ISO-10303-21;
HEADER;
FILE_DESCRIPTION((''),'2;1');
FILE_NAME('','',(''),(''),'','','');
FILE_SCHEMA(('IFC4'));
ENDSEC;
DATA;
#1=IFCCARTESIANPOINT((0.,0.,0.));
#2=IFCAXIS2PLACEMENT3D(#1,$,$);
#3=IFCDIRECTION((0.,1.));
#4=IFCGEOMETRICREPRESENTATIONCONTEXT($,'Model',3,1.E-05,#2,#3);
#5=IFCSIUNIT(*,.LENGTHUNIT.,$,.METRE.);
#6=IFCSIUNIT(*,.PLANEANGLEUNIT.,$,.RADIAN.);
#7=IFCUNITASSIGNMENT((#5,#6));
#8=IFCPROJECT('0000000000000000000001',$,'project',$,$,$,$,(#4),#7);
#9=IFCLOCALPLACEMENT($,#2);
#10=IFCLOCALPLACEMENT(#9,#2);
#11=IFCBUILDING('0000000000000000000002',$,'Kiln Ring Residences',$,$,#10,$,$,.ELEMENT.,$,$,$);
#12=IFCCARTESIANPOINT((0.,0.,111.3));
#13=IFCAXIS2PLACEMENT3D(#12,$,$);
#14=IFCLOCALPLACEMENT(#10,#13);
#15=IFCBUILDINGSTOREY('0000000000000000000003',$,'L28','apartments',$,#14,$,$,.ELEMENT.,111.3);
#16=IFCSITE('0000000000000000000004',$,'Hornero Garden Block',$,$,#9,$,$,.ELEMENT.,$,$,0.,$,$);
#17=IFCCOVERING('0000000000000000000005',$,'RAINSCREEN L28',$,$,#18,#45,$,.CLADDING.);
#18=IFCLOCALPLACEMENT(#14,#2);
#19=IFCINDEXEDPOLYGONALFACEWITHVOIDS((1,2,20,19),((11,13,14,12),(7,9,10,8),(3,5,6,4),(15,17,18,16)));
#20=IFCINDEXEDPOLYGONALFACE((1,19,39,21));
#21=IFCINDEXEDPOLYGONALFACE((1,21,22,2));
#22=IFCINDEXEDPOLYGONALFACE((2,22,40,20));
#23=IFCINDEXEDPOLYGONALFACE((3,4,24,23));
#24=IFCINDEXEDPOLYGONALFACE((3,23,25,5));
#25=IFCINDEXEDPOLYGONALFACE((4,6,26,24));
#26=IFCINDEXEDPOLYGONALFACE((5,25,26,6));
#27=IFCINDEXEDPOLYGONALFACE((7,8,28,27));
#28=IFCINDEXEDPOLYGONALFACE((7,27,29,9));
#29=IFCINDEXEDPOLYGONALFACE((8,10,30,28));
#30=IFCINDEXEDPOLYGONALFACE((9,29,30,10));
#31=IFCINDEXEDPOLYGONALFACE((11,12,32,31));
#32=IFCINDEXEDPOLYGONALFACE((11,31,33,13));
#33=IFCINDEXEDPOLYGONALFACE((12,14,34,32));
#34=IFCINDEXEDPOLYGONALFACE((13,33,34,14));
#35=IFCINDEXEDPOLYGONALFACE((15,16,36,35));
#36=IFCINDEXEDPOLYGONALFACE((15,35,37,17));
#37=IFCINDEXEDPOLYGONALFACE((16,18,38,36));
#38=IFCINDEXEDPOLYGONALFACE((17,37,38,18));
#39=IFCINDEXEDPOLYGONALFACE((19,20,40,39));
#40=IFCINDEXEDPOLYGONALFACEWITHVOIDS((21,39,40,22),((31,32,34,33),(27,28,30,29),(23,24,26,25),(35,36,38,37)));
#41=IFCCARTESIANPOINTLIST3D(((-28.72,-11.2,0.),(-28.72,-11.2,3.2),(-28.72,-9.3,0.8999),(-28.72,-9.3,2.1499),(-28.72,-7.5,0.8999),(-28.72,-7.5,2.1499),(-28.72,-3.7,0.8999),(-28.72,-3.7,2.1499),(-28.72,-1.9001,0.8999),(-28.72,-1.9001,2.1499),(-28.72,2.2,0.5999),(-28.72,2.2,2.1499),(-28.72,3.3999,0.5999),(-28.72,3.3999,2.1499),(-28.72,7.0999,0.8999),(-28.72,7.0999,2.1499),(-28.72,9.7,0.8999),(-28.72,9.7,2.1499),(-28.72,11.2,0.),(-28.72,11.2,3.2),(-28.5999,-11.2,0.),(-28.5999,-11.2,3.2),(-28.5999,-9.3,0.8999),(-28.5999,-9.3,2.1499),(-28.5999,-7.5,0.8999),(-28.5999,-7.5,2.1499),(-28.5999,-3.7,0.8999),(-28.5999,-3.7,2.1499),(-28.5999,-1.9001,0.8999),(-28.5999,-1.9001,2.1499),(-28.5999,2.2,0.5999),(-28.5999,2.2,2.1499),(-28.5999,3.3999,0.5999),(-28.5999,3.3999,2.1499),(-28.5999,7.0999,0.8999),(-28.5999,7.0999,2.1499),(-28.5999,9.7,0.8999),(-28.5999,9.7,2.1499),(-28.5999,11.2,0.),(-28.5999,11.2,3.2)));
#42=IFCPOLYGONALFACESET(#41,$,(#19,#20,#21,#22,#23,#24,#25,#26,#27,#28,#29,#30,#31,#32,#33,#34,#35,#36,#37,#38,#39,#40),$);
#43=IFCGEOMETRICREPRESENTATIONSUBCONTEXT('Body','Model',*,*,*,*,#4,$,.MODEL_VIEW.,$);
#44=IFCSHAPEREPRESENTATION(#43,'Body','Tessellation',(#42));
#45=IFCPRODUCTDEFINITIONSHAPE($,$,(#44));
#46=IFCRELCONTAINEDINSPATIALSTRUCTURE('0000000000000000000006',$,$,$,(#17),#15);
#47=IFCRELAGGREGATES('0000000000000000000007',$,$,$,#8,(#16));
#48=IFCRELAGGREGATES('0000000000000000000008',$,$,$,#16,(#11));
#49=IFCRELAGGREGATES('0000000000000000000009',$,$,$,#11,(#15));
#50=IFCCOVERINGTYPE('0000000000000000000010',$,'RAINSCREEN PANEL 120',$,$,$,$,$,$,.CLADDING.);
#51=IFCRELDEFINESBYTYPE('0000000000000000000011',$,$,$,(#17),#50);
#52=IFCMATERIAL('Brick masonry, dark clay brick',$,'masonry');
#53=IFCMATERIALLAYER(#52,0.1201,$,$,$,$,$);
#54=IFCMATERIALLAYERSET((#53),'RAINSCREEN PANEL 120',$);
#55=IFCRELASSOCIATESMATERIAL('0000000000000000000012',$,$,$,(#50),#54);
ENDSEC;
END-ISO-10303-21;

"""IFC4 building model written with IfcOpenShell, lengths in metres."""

from ifc_helpers import new_model, si_unit, direction, frame, origin, place, context, subcontext, project, spatial, polyline, outline, extrude, material, layer, layer_set, type_object, element, save


model = new_model("IFC4")

# Units and contexts
model_context = context("Model", 3, precision=1e-05, world=origin(), true_north=direction((0.0, 1.0)))
body_context = subcontext(model_context, "Body", "Model", "MODEL_VIEW")
ifc_project = project(units=[si_unit("LENGTHUNIT", "METRE"), si_unit("PLANEANGLEUNIT", "RADIAN")], contexts=[model_context])

# Site, building, storey
site_placement = place(None, origin())
site = spatial("IfcSite", under=ifc_project, at=site_placement, Name="Hornero Garden Block", CompositionType="ELEMENT", RefElevation=0.0)
building_placement = place(site_placement, origin())
building = spatial("IfcBuilding", under=site, at=building_placement, Name="Kiln Ring Residences", CompositionType="ELEMENT")
storey_placement = place(building_placement, frame((0.0, 0.0, 111.3)))
storey = spatial("IfcBuildingStorey", under=building, at=storey_placement, Name="L28", Description="apartments", CompositionType="ELEMENT", Elevation=111.3)

# Covering
ifc_material_1 = material(Name="Brick masonry, dark clay brick", Category="masonry")
ifc_layer_1 = layer(ifc_material_1, 0.1201)
ifc_layer_set_1 = layer_set([ifc_layer_1], Name="RAINSCREEN PANEL 120")
covering_type = type_object("IfcCoveringType", Name="RAINSCREEN PANEL 120", PredefinedType="CLADDING", material=ifc_layer_set_1)
covering_placement = place(storey_placement, frame((-28.6599, 11.2, 0.0), z_axis=(0.0, 0.0, 1.0), x_axis=(0.0, -1.0, 0.0)))
element("IfcCovering", 1, at=covering_placement, inside=storey, type_object=covering_type, Name="RAINSCREEN L28", PredefinedType="CLADDING", context=body_context, shape_type="SweptSolid", body=[
    extrude(outline(polyline([(0.0, 0.0), (22.3999, 0.0), (22.3999, 3.2), (0.0, 3.2), (0.0, 0.0)]), holes=[polyline([(9.0, 0.5999), (9.0, 2.1499), (7.8, 2.1499), (7.8, 0.5999), (9.0, 0.5999)]), polyline([(4.1001, 0.8999), (4.1001, 2.1499), (1.5, 2.1499), (1.5, 0.8999), (4.1001, 0.8999)]), polyline([(14.8999, 0.8999), (14.8999, 2.1499), (13.1001, 2.1499), (13.1001, 0.8999), (14.8999, 0.8999)]), polyline([(20.5, 0.8999), (20.5, 2.1499), (18.7, 2.1499), (18.7, 0.8999), (20.5, 0.8999)])]), frame((0.0, 0.0601, 0.0), z_axis=(0.0, -1.0, 0.0), x_axis=(1.0, 0.0, 0.0)), (0.0, 0.0, 1.0), 0.1201),
])

save(model, "model.ifc")
